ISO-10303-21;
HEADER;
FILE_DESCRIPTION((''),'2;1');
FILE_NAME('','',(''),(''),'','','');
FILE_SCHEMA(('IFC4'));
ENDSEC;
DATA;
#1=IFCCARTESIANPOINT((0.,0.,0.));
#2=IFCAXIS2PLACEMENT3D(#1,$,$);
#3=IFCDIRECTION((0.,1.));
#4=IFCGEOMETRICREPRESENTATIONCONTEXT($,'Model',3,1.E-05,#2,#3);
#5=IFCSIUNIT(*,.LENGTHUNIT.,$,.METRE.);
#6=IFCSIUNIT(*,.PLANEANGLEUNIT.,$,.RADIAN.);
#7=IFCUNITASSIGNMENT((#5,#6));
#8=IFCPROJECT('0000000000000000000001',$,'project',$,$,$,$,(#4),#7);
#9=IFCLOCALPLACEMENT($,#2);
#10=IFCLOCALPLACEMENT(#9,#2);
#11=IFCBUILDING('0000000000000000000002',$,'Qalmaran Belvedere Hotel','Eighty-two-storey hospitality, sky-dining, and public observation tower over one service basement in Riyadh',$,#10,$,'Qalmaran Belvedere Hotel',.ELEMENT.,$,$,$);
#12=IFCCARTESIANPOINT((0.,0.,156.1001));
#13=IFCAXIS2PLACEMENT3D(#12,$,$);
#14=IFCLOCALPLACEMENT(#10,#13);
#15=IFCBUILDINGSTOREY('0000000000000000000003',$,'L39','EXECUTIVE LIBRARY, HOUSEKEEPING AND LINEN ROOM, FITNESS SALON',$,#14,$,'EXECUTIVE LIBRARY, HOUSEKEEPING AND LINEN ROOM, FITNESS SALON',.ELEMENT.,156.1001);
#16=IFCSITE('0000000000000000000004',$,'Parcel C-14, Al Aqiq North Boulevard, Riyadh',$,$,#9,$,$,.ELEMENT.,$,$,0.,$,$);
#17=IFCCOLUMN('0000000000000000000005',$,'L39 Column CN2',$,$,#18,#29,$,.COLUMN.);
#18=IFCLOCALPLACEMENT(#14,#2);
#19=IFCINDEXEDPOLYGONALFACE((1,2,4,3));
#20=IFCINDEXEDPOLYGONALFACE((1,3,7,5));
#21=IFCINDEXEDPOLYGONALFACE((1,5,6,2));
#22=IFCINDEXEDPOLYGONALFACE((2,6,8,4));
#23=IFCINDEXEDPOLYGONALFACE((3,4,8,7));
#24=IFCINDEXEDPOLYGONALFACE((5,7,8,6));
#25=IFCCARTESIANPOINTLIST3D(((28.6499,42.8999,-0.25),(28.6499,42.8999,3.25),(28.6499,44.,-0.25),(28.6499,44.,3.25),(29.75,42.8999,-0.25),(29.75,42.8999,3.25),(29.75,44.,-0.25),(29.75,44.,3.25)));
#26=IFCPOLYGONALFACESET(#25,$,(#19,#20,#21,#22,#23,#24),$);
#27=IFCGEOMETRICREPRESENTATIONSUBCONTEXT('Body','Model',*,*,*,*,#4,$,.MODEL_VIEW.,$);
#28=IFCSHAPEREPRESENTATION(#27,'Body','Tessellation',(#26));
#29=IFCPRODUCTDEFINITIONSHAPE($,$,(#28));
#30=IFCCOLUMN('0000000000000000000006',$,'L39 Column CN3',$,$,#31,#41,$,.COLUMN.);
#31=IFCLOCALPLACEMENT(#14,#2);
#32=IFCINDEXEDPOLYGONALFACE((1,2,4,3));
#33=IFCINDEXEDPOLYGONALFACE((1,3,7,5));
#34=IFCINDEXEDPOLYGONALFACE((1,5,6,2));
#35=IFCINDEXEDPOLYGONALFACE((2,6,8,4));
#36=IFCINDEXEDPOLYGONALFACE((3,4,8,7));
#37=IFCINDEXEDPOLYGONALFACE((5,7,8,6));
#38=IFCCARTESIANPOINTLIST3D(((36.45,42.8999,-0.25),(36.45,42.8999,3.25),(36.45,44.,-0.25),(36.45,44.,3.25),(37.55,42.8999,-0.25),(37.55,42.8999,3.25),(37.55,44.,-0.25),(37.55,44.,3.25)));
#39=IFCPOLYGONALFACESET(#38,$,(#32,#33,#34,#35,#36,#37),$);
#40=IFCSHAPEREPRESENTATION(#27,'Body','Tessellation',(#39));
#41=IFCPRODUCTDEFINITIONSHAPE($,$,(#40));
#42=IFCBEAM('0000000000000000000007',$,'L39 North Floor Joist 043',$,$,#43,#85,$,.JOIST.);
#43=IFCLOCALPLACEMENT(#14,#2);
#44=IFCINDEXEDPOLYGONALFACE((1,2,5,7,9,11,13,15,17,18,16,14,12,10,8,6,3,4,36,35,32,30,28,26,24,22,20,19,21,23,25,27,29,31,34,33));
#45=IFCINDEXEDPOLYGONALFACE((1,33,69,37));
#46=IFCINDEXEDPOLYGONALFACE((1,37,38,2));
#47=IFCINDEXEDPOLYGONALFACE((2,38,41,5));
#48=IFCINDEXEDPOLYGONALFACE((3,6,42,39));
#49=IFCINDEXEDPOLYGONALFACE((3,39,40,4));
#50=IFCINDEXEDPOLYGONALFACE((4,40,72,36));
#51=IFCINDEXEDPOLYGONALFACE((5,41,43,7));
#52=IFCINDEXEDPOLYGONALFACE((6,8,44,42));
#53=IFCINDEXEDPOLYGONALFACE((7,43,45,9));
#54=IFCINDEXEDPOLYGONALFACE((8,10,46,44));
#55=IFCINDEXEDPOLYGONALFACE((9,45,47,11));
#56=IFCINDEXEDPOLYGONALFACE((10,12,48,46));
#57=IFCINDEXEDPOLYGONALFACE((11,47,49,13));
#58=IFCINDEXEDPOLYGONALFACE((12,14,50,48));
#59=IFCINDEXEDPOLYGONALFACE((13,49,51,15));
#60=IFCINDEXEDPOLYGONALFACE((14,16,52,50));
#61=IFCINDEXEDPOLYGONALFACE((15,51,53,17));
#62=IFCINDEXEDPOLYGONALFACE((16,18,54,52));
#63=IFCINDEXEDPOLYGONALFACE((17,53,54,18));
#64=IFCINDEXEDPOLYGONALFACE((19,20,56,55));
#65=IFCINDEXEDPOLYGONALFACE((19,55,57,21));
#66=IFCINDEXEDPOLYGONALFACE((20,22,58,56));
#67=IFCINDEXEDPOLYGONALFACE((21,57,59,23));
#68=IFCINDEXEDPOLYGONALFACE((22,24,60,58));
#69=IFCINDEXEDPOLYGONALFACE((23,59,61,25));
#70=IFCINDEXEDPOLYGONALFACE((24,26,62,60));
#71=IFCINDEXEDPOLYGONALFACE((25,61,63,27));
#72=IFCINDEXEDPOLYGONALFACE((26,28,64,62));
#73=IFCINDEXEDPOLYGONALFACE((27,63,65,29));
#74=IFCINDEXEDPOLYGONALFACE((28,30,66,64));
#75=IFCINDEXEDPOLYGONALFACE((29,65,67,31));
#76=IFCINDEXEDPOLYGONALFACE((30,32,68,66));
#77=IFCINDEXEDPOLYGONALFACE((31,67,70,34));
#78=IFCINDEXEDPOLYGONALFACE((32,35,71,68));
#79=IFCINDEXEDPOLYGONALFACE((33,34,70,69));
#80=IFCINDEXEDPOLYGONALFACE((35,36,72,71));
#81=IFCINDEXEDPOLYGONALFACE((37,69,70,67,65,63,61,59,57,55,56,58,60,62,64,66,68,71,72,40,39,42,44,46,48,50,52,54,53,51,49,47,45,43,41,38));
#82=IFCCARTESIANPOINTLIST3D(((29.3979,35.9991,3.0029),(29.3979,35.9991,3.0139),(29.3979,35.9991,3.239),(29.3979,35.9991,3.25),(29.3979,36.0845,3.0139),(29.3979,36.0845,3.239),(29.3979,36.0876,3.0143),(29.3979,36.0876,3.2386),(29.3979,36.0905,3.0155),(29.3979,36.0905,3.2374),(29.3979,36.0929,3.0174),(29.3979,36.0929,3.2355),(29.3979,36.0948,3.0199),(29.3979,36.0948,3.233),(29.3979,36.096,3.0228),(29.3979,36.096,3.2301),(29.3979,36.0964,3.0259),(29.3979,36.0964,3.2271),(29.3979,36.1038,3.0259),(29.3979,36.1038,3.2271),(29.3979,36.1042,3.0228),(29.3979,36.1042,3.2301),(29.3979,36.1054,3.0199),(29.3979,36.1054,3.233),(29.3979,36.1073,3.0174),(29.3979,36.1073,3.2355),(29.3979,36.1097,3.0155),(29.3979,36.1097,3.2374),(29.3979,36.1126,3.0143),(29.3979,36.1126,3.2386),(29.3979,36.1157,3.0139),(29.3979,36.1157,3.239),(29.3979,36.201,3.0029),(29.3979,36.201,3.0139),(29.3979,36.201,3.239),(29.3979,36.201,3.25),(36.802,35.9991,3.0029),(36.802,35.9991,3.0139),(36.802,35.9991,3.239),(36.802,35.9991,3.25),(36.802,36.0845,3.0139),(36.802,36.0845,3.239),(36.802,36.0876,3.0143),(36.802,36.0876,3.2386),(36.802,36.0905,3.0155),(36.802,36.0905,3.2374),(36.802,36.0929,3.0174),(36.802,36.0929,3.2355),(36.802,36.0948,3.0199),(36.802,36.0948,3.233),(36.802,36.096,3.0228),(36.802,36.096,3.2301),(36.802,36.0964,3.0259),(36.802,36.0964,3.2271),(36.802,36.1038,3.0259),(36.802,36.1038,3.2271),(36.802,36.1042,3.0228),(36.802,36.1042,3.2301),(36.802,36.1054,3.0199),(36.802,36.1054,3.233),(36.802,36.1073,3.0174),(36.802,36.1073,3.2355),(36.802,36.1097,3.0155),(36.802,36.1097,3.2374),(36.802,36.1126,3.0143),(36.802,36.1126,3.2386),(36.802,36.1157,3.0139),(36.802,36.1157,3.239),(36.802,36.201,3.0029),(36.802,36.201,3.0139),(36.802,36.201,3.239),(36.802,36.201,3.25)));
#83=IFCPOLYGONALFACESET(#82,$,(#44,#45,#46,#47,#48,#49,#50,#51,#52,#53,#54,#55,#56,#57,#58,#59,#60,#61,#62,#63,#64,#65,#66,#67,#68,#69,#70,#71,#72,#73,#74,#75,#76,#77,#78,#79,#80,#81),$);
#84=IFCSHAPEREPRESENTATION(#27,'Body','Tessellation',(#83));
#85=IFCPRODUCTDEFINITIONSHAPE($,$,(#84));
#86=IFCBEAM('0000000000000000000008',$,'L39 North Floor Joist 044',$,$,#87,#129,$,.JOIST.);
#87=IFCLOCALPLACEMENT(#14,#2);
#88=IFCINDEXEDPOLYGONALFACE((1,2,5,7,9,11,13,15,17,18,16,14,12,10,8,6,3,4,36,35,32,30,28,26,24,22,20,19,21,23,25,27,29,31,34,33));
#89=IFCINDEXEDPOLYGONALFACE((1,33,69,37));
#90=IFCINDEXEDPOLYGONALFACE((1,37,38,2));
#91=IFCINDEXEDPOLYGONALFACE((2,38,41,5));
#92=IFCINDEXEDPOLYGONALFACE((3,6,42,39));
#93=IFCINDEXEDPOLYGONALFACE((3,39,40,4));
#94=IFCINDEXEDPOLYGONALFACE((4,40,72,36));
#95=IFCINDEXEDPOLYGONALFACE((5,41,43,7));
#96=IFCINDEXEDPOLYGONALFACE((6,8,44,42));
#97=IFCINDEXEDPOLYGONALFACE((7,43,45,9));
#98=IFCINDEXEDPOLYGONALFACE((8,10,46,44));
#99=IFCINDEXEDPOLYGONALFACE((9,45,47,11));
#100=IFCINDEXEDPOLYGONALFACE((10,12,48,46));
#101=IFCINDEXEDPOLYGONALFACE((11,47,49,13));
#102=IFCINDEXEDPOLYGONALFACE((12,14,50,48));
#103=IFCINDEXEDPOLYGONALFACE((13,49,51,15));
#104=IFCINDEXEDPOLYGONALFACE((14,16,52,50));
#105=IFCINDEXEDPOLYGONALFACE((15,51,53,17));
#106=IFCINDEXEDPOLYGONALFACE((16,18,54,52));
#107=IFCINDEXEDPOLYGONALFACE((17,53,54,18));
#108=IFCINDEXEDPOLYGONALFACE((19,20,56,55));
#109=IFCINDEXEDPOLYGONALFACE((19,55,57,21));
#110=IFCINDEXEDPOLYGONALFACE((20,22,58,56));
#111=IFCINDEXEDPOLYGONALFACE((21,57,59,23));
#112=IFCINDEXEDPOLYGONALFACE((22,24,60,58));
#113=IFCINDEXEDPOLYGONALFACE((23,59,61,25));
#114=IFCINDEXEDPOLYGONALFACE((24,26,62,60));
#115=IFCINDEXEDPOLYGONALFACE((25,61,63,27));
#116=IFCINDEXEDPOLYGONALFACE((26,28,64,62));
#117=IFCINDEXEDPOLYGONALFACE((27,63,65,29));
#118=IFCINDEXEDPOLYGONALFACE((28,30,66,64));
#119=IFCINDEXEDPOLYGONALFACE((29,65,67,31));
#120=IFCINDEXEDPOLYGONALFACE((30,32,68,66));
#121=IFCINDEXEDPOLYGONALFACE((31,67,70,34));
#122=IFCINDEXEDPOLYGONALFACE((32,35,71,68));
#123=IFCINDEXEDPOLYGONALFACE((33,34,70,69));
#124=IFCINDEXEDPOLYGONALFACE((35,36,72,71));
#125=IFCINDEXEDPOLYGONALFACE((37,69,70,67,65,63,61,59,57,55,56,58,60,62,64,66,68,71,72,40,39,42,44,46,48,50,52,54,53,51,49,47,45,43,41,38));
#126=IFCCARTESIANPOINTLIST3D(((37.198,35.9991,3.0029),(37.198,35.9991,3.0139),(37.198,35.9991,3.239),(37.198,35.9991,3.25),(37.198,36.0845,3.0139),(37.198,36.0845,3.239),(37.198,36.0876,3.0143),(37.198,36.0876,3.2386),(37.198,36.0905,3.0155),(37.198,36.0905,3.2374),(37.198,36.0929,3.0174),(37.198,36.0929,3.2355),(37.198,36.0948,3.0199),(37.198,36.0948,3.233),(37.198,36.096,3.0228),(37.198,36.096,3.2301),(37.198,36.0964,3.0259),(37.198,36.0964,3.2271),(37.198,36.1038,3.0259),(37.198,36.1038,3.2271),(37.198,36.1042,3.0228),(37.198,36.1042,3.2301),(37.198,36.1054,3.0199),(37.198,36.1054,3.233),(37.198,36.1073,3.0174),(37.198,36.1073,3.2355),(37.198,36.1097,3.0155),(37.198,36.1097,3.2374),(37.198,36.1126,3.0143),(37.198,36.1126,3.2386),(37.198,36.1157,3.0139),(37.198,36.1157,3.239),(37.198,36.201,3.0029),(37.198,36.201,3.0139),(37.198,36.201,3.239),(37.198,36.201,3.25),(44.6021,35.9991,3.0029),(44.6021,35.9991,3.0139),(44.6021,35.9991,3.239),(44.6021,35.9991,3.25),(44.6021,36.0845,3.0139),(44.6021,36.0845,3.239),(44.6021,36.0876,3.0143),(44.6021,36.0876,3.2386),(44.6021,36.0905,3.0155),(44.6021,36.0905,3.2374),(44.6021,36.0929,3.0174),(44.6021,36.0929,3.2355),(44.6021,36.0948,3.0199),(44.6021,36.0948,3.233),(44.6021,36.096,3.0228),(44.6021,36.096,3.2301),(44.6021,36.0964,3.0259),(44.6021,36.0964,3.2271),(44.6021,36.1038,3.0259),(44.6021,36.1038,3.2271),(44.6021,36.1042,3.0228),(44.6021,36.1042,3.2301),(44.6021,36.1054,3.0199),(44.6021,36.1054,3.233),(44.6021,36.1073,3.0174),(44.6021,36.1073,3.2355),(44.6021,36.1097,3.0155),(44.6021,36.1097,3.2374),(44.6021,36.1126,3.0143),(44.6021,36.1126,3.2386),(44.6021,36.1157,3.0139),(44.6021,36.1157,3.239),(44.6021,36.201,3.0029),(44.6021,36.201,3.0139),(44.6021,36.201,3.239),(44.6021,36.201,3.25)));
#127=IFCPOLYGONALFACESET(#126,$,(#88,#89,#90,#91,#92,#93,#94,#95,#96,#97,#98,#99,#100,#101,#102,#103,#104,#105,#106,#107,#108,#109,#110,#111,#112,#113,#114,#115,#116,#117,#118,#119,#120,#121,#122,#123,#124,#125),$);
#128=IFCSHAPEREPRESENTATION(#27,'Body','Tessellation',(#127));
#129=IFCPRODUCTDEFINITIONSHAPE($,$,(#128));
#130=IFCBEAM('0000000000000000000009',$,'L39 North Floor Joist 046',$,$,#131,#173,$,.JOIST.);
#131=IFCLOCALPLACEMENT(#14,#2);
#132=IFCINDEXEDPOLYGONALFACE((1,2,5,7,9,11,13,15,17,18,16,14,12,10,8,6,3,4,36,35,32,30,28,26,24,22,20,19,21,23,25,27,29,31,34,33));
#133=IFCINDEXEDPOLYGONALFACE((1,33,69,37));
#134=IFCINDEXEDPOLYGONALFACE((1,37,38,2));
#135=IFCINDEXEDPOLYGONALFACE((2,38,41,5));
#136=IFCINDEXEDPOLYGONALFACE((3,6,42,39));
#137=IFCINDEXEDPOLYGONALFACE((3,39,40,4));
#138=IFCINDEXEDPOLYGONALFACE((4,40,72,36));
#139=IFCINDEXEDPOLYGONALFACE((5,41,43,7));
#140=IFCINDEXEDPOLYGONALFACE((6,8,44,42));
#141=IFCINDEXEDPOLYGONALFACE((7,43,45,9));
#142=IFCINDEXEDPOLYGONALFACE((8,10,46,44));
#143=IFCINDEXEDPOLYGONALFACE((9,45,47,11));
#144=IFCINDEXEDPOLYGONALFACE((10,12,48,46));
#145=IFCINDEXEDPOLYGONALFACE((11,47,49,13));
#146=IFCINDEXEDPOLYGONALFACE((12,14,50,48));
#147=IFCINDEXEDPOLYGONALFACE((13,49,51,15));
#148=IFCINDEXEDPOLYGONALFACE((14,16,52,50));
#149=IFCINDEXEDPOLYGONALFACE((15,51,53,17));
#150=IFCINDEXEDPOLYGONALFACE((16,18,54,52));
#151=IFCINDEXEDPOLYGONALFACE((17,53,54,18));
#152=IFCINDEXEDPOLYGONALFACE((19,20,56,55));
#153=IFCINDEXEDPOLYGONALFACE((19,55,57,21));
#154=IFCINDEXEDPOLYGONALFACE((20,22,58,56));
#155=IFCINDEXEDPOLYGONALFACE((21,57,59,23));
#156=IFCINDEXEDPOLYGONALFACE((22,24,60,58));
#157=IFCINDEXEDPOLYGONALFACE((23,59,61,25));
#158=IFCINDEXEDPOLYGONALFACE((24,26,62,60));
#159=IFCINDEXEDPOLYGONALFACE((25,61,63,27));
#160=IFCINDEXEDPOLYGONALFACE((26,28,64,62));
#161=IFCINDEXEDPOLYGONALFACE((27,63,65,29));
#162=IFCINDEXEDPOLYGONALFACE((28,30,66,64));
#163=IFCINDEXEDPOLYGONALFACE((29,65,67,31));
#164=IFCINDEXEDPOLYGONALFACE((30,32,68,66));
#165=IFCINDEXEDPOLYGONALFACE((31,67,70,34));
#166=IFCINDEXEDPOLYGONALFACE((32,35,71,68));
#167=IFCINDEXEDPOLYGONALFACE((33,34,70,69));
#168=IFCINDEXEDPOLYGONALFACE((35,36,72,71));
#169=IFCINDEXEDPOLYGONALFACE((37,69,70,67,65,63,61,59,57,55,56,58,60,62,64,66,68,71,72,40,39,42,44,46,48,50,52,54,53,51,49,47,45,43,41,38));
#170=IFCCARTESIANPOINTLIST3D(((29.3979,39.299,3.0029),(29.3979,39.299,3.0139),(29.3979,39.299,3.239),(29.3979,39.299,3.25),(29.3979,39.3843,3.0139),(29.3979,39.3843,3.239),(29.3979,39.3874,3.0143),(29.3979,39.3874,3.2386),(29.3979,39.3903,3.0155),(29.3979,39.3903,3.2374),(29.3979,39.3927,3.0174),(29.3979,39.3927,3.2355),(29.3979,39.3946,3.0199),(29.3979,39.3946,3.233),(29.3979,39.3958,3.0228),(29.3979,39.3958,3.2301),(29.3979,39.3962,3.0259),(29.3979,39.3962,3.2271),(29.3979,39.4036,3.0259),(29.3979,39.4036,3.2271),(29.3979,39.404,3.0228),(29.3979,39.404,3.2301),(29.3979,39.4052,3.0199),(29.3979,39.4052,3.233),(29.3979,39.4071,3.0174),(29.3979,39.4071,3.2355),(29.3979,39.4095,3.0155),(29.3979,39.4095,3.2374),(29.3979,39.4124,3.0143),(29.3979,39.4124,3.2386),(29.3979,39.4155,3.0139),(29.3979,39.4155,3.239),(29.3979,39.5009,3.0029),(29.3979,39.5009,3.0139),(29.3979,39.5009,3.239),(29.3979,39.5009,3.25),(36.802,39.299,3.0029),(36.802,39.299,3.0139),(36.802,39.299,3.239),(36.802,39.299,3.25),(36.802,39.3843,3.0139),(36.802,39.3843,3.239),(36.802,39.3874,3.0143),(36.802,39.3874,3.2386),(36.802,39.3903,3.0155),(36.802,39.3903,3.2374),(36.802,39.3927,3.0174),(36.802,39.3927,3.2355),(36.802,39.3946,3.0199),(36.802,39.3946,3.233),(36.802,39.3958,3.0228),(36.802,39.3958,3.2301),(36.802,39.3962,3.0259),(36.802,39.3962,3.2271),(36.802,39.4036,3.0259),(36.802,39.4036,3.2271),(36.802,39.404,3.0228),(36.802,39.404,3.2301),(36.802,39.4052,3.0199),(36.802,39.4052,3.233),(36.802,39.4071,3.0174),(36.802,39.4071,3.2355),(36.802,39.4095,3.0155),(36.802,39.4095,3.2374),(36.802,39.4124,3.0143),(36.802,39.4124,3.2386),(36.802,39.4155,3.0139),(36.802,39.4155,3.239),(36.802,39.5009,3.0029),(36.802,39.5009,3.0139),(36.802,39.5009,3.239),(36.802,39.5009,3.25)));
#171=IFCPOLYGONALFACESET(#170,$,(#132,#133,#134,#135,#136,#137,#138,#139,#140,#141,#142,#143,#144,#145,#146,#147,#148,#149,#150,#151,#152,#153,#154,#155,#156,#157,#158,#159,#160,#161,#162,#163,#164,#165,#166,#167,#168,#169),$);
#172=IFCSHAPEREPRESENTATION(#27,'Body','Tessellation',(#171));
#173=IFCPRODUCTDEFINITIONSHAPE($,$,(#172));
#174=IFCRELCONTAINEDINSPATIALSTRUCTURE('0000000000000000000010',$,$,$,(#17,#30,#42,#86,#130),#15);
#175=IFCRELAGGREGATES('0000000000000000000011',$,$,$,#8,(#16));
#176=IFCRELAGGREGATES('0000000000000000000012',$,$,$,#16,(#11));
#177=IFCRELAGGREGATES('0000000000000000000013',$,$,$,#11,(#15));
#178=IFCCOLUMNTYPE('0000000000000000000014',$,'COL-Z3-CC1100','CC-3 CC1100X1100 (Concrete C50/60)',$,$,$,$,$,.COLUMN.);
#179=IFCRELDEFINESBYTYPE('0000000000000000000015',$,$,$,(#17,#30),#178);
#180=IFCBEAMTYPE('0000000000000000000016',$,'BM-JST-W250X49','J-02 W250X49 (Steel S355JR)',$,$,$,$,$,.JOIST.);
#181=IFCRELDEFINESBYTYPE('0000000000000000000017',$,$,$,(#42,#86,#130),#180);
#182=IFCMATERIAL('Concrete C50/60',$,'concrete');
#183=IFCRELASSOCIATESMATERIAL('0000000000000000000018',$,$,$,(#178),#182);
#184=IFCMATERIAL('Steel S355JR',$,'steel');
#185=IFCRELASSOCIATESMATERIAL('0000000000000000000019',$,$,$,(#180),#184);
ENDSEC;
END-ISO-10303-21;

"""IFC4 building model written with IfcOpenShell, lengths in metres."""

from ifc_helpers import new_model, si_unit, direction, frame, origin, origin_2d, place, context, subcontext, project, spatial, rectangle, i_section, extrude, material, material_profile, profile_set, type_object, element, save


model = new_model("IFC4")

# Units and contexts
model_context = context("Model", 3, precision=1e-05, world=origin(), true_north=direction((0.0, 1.0)))
body_context = subcontext(model_context, "Body", "Model", "MODEL_VIEW")
ifc_project = project(units=[si_unit("LENGTHUNIT", "METRE"), si_unit("PLANEANGLEUNIT", "RADIAN")], contexts=[model_context])

# Site, building, storey
site_placement = place(None, origin())
site = spatial("IfcSite", under=ifc_project, at=site_placement, Name="Parcel C-14, Al Aqiq North Boulevard, Riyadh", CompositionType="ELEMENT", RefElevation=0.0)
building_placement = place(site_placement, origin())
building = spatial("IfcBuilding", under=site, at=building_placement, Name="Qalmaran Belvedere Hotel", Description="Eighty-two-storey hospitality, sky-dining, and public observation tower over one service basement in Riyadh", LongName="Qalmaran Belvedere Hotel", CompositionType="ELEMENT")
storey_placement = place(building_placement, frame((0.0, 0.0, 156.1001)))
storey = spatial("IfcBuildingStorey", under=building, at=storey_placement, Name="L39", Description="EXECUTIVE LIBRARY, HOUSEKEEPING AND LINEN ROOM, FITNESS SALON", LongName="EXECUTIVE LIBRARY, HOUSEKEEPING AND LINEN ROOM, FITNESS SALON", CompositionType="ELEMENT", Elevation=156.1001)

# Columns
ifc_material_1 = material(Name="Concrete C50/60", Category="concrete")
ifc_material_profile_1 = material_profile(ifc_material_1, rectangle(XDim=1.1001, YDim=1.1001, at=origin_2d()), Name="CC1100X1100")
ifc_profile_set_1 = profile_set([ifc_material_profile_1], Name="Concrete C50/60")
column_type = type_object("IfcColumnType", Name="COL-Z3-CC1100", Description="CC-3 CC1100X1100 (Concrete C50/60)", PredefinedType="COLUMN", material=ifc_profile_set_1)
for number, where, z_axis, x_axis, name in (
    (1, (29.2, 43.45, -0.25), (0.0, 0.0, 1.0), (1.0, 0.0, 0.0), "L39 Column CN2"),
    (2, (37.0, 43.45, -0.25), (0.0, 0.0, 1.0), (1.0, 0.0, 0.0), "L39 Column CN3"),
):
    element("IfcColumn", number, at=place(storey_placement, frame(where, z_axis=z_axis, x_axis=x_axis)), inside=storey, type_object=column_type, Name=name, PredefinedType="COLUMN", context=body_context, shape_type="SweptSolid", body=[
        extrude(rectangle(XDim=1.1001, YDim=1.1001, at=origin_2d()), origin(), (0.0, 0.0, 1.0), 3.5),
    ])

# Beams
ifc_material_2 = material(Name="Steel S355JR", Category="steel")
ifc_material_profile_2 = material_profile(ifc_material_2, i_section(OverallWidth=0.2019, OverallDepth=0.2471, WebThickness=0.0073, FlangeThickness=0.011, FilletRadius=0.012, at=origin_2d()), Name="W250X49")
ifc_profile_set_2 = profile_set([ifc_material_profile_2], Name="Steel S355JR")
beam_type_1 = type_object("IfcBeamType", Name="BM-JST-W250X49", Description="J-02 W250X49 (Steel S355JR)", PredefinedType="JOIST", material=ifc_profile_set_2)
for number, where, z_axis, x_axis, name in (
    (3, (29.3979, 36.1001, 3.1265), (1.0, 0.0, 0.0), (0.0, 1.0, 0.0), "L39 North Floor Joist 043"),
    (4, (37.198, 36.1001, 3.1265), (1.0, 0.0, 0.0), (0.0, 1.0, 0.0), "L39 North Floor Joist 044"),
    (5, (29.3979, 39.3999, 3.1265), (1.0, 0.0, 0.0), (0.0, 1.0, 0.0), "L39 North Floor Joist 046"),
):
    element("IfcBeam", number, at=place(storey_placement, frame(where, z_axis=z_axis, x_axis=x_axis)), inside=storey, type_object=beam_type_1, Name=name, PredefinedType="JOIST", context=body_context, shape_type="SweptSolid", body=[
        extrude(i_section(OverallWidth=0.2019, OverallDepth=0.2471, WebThickness=0.0073, FlangeThickness=0.011, FilletRadius=0.012, at=origin_2d()), origin(), (0.0, 0.0, 1.0), 7.4041),
    ])

save(model, "model.ifc")
